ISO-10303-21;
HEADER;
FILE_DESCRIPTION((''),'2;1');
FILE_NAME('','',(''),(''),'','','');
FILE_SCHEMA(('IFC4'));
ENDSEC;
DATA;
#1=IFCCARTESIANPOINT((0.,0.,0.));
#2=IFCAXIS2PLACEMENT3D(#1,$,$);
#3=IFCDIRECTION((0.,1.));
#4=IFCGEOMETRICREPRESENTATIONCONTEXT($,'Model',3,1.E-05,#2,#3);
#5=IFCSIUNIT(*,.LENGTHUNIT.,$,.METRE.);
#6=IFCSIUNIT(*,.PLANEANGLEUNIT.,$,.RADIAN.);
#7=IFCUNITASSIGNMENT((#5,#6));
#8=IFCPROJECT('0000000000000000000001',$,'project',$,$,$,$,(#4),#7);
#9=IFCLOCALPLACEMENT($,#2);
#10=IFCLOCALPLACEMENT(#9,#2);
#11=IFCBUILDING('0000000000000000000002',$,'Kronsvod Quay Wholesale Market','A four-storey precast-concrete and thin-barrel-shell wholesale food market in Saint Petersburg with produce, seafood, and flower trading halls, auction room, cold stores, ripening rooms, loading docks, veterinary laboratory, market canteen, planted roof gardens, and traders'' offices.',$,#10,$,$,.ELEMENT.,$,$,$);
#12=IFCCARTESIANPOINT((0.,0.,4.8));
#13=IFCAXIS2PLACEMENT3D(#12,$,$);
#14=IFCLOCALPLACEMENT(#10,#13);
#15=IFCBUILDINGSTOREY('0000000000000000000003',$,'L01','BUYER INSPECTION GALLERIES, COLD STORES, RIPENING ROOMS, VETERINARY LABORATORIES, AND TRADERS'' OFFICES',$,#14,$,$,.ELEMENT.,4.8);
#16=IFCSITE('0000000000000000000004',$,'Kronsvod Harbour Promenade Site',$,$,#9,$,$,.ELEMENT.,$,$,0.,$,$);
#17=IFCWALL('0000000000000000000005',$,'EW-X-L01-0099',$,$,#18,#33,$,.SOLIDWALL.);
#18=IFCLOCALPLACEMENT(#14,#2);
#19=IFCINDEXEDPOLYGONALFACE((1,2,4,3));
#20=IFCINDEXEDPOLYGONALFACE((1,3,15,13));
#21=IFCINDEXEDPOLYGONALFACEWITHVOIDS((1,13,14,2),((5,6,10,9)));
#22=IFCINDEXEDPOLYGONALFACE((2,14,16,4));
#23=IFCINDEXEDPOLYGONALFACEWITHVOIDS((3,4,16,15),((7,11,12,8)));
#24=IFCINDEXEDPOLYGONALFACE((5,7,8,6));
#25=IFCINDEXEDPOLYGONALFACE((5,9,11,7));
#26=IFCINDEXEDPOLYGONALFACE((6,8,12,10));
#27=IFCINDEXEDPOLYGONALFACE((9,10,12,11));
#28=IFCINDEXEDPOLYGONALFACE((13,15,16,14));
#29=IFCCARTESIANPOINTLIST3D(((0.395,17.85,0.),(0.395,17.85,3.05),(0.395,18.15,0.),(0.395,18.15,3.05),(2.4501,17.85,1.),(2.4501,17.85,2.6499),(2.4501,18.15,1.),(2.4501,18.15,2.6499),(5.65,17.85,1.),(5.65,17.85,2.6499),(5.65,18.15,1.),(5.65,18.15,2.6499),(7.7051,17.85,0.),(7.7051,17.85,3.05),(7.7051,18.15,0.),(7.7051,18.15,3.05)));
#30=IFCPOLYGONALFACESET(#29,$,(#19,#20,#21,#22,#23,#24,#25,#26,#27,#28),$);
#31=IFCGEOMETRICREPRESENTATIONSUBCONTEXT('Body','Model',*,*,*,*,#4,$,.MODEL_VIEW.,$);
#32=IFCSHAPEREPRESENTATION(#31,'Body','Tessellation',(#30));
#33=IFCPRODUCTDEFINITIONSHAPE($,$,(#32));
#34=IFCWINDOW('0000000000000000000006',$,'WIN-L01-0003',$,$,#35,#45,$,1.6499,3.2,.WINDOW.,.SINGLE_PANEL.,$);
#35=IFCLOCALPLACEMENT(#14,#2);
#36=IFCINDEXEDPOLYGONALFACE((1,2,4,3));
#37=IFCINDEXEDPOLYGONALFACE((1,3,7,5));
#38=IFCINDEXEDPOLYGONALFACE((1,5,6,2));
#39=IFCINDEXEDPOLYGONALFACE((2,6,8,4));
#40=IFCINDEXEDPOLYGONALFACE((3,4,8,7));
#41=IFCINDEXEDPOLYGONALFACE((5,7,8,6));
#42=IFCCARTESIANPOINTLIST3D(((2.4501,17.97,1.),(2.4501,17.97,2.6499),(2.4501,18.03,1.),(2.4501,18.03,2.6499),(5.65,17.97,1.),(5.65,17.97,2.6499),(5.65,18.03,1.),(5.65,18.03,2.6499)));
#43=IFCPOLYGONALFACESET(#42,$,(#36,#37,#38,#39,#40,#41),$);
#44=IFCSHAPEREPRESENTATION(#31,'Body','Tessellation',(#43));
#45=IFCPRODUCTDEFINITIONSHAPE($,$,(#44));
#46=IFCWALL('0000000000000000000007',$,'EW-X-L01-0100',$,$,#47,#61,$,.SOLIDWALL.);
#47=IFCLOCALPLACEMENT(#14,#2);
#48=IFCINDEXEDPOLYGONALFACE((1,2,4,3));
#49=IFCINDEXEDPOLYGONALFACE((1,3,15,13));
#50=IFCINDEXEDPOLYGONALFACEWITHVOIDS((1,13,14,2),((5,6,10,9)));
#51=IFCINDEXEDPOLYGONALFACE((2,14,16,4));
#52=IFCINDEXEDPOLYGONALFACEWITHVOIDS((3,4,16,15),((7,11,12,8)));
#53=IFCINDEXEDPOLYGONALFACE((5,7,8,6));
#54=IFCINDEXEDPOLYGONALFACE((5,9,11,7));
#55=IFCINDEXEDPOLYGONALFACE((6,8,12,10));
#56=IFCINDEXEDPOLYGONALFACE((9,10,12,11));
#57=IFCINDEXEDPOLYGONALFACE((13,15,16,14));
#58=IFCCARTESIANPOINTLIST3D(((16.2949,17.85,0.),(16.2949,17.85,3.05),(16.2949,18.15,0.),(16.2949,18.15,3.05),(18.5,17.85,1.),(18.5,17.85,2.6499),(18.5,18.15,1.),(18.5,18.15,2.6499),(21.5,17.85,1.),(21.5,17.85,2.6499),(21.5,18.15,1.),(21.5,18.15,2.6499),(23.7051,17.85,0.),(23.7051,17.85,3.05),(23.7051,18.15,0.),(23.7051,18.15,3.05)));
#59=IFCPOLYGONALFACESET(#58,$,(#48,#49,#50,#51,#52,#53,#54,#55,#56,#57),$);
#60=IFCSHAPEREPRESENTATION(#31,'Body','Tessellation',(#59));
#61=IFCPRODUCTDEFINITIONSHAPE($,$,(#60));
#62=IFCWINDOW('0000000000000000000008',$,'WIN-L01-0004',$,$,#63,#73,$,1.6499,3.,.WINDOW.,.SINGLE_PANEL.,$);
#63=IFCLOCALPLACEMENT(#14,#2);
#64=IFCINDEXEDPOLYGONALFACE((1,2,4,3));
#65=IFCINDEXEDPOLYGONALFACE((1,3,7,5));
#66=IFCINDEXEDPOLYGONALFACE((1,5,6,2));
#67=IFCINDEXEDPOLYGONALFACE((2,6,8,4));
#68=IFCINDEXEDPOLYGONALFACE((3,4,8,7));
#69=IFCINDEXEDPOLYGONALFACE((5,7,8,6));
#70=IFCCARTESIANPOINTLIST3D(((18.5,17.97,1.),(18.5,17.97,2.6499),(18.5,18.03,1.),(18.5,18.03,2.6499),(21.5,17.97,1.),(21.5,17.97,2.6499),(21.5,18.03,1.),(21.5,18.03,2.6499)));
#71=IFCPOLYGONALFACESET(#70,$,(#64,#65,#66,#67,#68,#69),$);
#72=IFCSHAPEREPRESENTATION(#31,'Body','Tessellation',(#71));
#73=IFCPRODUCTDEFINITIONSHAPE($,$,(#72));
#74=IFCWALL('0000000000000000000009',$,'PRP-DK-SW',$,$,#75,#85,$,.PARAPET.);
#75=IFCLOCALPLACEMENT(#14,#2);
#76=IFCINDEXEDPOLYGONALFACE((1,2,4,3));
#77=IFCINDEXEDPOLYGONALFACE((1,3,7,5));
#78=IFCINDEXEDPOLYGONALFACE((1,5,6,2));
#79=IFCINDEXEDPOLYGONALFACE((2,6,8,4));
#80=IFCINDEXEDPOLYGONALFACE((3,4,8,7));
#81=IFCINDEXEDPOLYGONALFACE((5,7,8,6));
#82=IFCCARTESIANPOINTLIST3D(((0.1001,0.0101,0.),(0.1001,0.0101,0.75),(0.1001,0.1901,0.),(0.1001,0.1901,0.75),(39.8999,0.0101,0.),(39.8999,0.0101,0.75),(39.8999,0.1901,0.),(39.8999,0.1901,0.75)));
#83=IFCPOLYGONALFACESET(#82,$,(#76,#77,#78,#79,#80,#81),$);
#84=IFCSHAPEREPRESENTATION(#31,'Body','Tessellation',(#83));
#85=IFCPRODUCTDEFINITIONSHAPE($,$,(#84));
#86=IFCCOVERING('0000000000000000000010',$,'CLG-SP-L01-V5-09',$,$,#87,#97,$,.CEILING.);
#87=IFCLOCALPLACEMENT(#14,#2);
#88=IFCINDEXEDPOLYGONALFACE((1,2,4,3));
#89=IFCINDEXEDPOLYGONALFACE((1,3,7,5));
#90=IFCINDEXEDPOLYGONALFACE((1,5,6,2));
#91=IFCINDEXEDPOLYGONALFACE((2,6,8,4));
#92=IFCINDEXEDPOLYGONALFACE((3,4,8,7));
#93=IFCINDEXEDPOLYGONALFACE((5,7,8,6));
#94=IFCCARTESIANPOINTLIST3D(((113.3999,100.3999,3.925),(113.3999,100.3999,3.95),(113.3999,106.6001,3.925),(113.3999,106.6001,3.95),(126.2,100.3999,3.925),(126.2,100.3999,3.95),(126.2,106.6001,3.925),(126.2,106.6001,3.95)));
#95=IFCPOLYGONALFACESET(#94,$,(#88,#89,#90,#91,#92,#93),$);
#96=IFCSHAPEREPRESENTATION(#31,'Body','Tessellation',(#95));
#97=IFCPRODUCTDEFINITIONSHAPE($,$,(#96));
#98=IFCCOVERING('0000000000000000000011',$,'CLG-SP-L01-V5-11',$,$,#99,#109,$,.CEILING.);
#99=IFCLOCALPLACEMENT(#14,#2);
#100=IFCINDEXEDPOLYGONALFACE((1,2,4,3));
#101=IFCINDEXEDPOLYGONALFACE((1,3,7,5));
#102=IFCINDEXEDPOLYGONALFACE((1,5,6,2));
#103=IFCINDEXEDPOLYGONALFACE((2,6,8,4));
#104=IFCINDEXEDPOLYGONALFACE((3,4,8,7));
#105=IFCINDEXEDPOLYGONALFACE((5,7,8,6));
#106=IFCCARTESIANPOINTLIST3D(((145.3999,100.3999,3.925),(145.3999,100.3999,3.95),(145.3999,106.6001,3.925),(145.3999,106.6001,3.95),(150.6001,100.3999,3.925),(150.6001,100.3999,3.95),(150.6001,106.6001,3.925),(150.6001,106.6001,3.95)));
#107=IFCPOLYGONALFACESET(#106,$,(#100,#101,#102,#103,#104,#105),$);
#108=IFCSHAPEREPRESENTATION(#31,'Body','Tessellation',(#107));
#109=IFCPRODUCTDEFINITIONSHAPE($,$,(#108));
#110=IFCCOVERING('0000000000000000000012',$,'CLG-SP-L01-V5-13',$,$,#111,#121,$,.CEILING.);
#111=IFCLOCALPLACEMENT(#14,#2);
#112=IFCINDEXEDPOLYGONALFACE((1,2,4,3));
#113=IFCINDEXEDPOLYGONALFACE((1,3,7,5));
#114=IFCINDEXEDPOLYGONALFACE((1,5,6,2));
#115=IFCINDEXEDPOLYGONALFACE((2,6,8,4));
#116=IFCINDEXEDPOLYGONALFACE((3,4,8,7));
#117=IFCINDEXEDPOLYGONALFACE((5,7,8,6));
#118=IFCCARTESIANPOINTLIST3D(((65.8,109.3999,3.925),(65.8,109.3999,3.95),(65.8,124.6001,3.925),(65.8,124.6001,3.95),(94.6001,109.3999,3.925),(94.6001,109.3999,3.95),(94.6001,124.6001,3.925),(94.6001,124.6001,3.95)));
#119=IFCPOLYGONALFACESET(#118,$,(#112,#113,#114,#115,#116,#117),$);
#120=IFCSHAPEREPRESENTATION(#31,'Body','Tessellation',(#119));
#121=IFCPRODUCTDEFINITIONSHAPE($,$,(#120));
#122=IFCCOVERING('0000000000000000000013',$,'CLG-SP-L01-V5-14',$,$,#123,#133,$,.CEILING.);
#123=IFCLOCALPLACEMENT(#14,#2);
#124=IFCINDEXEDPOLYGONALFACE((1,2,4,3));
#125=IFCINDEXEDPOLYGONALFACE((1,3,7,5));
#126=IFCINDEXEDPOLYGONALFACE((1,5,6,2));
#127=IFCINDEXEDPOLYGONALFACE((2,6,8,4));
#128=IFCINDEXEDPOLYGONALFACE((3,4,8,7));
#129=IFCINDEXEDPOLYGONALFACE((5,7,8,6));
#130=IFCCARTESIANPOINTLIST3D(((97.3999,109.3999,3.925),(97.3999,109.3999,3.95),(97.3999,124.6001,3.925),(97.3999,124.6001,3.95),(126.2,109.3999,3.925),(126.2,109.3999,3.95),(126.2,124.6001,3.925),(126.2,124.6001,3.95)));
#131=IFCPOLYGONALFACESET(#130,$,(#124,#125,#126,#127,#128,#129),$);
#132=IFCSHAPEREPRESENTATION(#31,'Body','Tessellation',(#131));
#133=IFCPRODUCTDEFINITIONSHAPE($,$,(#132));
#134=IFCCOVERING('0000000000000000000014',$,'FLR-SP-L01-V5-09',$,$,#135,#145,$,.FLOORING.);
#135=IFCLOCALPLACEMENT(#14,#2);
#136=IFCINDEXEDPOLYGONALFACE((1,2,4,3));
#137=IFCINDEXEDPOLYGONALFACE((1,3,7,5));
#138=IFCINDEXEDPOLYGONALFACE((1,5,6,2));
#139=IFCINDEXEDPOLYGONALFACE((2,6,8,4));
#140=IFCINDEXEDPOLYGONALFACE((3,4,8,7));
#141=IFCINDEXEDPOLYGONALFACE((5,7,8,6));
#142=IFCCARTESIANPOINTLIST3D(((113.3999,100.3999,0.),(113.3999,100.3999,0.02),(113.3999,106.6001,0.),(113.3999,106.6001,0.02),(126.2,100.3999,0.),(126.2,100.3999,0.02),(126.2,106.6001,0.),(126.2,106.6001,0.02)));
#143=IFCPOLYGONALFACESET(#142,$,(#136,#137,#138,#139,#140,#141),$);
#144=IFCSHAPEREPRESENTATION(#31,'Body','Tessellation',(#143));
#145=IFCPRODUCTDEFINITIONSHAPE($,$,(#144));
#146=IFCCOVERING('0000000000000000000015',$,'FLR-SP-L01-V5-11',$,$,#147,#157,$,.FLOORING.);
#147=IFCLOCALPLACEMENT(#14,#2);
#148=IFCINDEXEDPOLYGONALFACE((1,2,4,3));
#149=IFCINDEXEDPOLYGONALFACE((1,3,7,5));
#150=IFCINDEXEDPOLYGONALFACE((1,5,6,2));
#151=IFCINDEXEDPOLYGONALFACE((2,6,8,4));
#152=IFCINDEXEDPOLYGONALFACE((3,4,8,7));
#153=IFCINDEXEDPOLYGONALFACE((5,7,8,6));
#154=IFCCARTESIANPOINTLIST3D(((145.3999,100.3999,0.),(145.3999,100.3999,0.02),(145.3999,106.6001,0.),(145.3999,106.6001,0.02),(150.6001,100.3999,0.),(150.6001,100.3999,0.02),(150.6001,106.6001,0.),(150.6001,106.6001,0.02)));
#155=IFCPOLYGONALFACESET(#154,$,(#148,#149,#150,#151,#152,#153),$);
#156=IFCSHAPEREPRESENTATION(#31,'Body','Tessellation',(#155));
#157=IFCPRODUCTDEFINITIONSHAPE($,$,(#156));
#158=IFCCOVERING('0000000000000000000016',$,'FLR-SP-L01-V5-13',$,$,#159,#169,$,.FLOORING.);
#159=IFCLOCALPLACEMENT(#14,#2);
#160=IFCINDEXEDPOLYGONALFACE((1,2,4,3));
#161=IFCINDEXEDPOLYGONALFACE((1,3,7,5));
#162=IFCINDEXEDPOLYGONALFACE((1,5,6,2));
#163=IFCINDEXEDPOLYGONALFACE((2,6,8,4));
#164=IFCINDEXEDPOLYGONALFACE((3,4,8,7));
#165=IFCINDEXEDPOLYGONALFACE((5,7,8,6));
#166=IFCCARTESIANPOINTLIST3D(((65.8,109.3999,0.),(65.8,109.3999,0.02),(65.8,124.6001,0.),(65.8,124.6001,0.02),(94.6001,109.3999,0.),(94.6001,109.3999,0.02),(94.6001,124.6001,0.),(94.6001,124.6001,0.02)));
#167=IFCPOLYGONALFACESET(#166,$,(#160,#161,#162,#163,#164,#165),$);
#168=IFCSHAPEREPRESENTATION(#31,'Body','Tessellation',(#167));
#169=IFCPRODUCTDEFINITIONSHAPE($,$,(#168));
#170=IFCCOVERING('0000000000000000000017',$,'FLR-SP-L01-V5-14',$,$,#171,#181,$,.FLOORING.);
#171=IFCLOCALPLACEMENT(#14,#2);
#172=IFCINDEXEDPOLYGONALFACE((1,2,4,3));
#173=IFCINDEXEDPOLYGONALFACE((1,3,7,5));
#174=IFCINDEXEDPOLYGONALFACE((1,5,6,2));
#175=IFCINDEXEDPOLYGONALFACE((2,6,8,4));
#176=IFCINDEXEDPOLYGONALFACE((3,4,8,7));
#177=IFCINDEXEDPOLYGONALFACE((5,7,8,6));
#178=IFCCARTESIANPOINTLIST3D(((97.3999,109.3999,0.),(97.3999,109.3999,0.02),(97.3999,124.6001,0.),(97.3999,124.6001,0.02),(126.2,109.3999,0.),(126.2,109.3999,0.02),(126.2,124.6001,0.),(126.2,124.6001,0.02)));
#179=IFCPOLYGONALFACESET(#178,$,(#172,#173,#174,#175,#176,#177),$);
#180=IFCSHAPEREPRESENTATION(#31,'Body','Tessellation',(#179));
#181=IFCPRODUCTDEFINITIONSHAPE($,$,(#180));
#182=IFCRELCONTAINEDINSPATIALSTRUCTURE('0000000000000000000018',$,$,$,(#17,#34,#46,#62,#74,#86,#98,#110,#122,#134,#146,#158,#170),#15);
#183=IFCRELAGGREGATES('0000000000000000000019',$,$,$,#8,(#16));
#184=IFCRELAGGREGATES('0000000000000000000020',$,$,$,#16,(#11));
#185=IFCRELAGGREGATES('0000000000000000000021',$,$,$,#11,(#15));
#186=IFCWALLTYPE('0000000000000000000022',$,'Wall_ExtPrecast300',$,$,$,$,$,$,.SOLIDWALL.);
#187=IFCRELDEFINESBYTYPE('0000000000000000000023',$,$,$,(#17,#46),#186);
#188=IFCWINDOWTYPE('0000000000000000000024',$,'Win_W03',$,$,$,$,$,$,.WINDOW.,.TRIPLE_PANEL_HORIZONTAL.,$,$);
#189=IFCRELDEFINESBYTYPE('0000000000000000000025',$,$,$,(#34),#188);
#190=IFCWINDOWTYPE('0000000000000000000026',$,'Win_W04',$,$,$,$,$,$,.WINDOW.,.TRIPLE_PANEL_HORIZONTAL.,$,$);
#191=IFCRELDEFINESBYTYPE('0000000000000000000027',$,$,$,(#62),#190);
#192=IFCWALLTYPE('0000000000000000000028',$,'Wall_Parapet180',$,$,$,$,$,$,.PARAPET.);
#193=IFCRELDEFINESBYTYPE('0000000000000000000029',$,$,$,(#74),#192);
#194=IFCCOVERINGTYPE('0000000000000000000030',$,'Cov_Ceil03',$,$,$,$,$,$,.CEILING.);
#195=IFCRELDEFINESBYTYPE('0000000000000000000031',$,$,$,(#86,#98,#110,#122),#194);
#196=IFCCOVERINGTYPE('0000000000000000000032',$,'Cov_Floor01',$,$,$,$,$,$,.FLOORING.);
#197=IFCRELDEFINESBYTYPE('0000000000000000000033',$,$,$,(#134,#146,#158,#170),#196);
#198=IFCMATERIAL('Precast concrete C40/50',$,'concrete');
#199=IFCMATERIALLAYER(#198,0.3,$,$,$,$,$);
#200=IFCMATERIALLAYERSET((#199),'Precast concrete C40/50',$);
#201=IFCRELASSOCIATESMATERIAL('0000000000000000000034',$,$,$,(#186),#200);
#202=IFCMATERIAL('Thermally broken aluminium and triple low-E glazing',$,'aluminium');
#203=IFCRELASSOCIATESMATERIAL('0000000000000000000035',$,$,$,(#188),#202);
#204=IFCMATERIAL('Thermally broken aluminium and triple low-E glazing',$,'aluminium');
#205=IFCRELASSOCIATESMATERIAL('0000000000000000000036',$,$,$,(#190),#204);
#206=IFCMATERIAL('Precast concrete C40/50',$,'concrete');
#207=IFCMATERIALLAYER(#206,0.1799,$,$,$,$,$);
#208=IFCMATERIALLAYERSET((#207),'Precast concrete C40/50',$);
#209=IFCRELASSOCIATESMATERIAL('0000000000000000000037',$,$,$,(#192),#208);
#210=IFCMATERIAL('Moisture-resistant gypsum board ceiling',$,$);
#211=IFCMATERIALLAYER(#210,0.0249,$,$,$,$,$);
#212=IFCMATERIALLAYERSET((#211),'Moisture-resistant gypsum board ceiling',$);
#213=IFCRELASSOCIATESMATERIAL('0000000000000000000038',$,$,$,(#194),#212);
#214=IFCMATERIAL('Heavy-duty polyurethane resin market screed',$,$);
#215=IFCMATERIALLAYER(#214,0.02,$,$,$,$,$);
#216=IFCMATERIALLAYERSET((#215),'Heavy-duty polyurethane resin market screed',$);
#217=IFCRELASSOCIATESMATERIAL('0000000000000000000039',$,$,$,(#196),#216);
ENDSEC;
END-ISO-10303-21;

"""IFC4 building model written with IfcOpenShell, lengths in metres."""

from ifc_helpers import new_model, si_unit, direction, frame, frame_2d, origin, place, context, subcontext, project, spatial, polyline, rectangle, outline, extrude, material, layer, layer_set, type_object, element, fill, save


model = new_model("IFC4")

# Units and contexts
model_context = context("Model", 3, precision=1e-05, world=origin(), true_north=direction((0.0, 1.0)))
body_context = subcontext(model_context, "Body", "Model", "MODEL_VIEW")
ifc_project = project(units=[si_unit("LENGTHUNIT", "METRE"), si_unit("PLANEANGLEUNIT", "RADIAN")], contexts=[model_context])

# Site, building, storey
site_placement = place(None, origin())
site = spatial("IfcSite", under=ifc_project, at=site_placement, Name="Kronsvod Harbour Promenade Site", CompositionType="ELEMENT", RefElevation=0.0)
building_placement = place(site_placement, origin())
building = spatial("IfcBuilding", under=site, at=building_placement, Name="Kronsvod Quay Wholesale Market", Description="A four-storey precast-concrete and thin-barrel-shell wholesale food market in Saint Petersburg with produce, seafood, and flower trading halls, auction room, cold stores, ripening rooms, loading docks, veterinary laboratory, market canteen, planted roof gardens, and traders' offices.", CompositionType="ELEMENT")
storey_placement = place(building_placement, frame((0.0, 0.0, 4.8)))
storey = spatial("IfcBuildingStorey", under=building, at=storey_placement, Name="L01", Description="BUYER INSPECTION GALLERIES, COLD STORES, RIPENING ROOMS, VETERINARY LABORATORIES, AND TRADERS' OFFICES", CompositionType="ELEMENT", Elevation=4.8)

# Walls, openings, windows
ifc_material_1 = material(Name="Precast concrete C40/50", Category="concrete")
ifc_layer_1 = layer(ifc_material_1, 0.3)
ifc_layer_set_1 = layer_set([ifc_layer_1], Name="Precast concrete C40/50")
wall_type_1 = type_object("IfcWallType", Name="Wall_ExtPrecast300", PredefinedType="SOLIDWALL", material=ifc_layer_set_1)
wall_1_placement = place(storey_placement, frame((0.395, 18.0, 0.0), z_axis=(0.0, 0.0, 1.0), x_axis=(1.0, 0.0, 0.0)))
wall_1 = element("IfcWall", 1, at=wall_1_placement, inside=storey, type_object=wall_type_1, Name="EW-X-L01-0099", PredefinedType="SOLIDWALL", context=body_context, shape_type="SweptSolid", body=[
    extrude(rectangle(XDim=7.3101, YDim=0.3, at=frame_2d((3.655, 0.0))), origin(), (0.0, 0.0, 1.0), 3.05),
])
opening_1_placement = place(wall_1_placement, frame((2.0549, 0.0, 1.0)))
opening_1 = element("IfcOpeningElement", 2, at=opening_1_placement, cuts=wall_1, PredefinedType="OPENING", context=body_context, shape_type="SweptSolid", body=[
    extrude(rectangle(XDim=3.2, YDim=1.6499, at=frame_2d((1.6001, 0.825))), frame((0.0, 0.1602, 0.0), z_axis=(0.0, -1.0, 0.0), x_axis=(1.0, 0.0, 0.0)), (0.0, 0.0, 1.0), 0.3201),
])
ifc_material_2 = material(Name="Thermally broken aluminium and triple low-E glazing", Category="aluminium")
window_type_1 = type_object("IfcWindowType", Name="Win_W03", PartitioningType="TRIPLE_PANEL_HORIZONTAL", PredefinedType="WINDOW", material=ifc_material_2)
window_1_placement = place(opening_1_placement, origin())
window_1 = element("IfcWindow", 3, at=window_1_placement, inside=storey, type_object=window_type_1, Name="WIN-L01-0003", OverallHeight=1.6499, OverallWidth=3.2, PartitioningType="SINGLE_PANEL", PredefinedType="WINDOW", context=body_context, shape_type="SweptSolid", body=[
    extrude(rectangle(XDim=3.2, YDim=1.6499, at=frame_2d((1.6001, 0.825))), frame((0.0, 0.03, 0.0), z_axis=(0.0, -1.0, 0.0), x_axis=(1.0, 0.0, 0.0)), (0.0, 0.0, 1.0), 0.0601),
])
fill(opening_1, window_1)
wall_2_placement = place(storey_placement, frame((16.2949, 18.0, 0.0), z_axis=(0.0, 0.0, 1.0), x_axis=(1.0, 0.0, 0.0)))
wall_2 = element("IfcWall", 4, at=wall_2_placement, inside=storey, type_object=wall_type_1, Name="EW-X-L01-0100", PredefinedType="SOLIDWALL", context=body_context, shape_type="SweptSolid", body=[
    extrude(rectangle(XDim=7.4102, YDim=0.3, at=frame_2d((3.7051, 0.0))), origin(), (0.0, 0.0, 1.0), 3.05),
])
opening_2_placement = place(wall_2_placement, frame((2.2051, 0.0, 1.0)))
opening_2 = element("IfcOpeningElement", 5, at=opening_2_placement, cuts=wall_2, PredefinedType="OPENING", context=body_context, shape_type="SweptSolid", body=[
    extrude(rectangle(XDim=3.0, YDim=1.6499, at=frame_2d((1.5, 0.825))), frame((0.0, 0.1602, 0.0), z_axis=(0.0, -1.0, 0.0), x_axis=(1.0, 0.0, 0.0)), (0.0, 0.0, 1.0), 0.3201),
])
ifc_material_3 = material(Name="Thermally broken aluminium and triple low-E glazing", Category="aluminium")
window_type_2 = type_object("IfcWindowType", Name="Win_W04", PartitioningType="TRIPLE_PANEL_HORIZONTAL", PredefinedType="WINDOW", material=ifc_material_3)
window_2_placement = place(opening_2_placement, origin())
window_2 = element("IfcWindow", 6, at=window_2_placement, inside=storey, type_object=window_type_2, Name="WIN-L01-0004", OverallHeight=1.6499, OverallWidth=3.0, PartitioningType="SINGLE_PANEL", PredefinedType="WINDOW", context=body_context, shape_type="SweptSolid", body=[
    extrude(rectangle(XDim=3.0, YDim=1.6499, at=frame_2d((1.5, 0.825))), frame((0.0, 0.03, 0.0), z_axis=(0.0, -1.0, 0.0), x_axis=(1.0, 0.0, 0.0)), (0.0, 0.0, 1.0), 0.0601),
])
fill(opening_2, window_2)

# Wall
ifc_material_4 = material(Name="Precast concrete C40/50", Category="concrete")
ifc_layer_2 = layer(ifc_material_4, 0.1799)
ifc_layer_set_2 = layer_set([ifc_layer_2], Name="Precast concrete C40/50")
wall_type_2 = type_object("IfcWallType", Name="Wall_Parapet180", PredefinedType="PARAPET", material=ifc_layer_set_2)
wall_3_placement = place(storey_placement, frame((0.1001, 0.1001, 0.0), z_axis=(0.0, 0.0, 1.0), x_axis=(1.0, 0.0, 0.0)))
element("IfcWall", 7, at=wall_3_placement, inside=storey, type_object=wall_type_2, Name="PRP-DK-SW", PredefinedType="PARAPET", context=body_context, shape_type="SweptSolid", body=[
    extrude(rectangle(XDim=39.7998, YDim=0.1799, at=frame_2d((19.8999, 0.0))), origin(), (0.0, 0.0, 1.0), 0.75),
])

# Coverings
ifc_material_5 = material(Name="Moisture-resistant gypsum board ceiling")
ifc_layer_3 = layer(ifc_material_5, 0.0249)
ifc_layer_set_3 = layer_set([ifc_layer_3], Name="Moisture-resistant gypsum board ceiling")
covering_type_1 = type_object("IfcCoveringType", Name="Cov_Ceil03", PredefinedType="CEILING", material=ifc_layer_set_3)
covering_1_placement = place(storey_placement, frame((0.0, 0.0, 3.925)))
element("IfcCovering", 8, at=covering_1_placement, inside=storey, type_object=covering_type_1, Name="CLG-SP-L01-V5-09", PredefinedType="CEILING", context=body_context, shape_type="SweptSolid", body=[
    extrude(outline(polyline([(113.3999, 100.3999), (126.2, 100.3999), (126.2, 106.6001), (113.3999, 106.6001), (113.3999, 100.3999)])), origin(), (0.0, 0.0, 1.0), 0.0249),
])
covering_2_placement = place(storey_placement, frame((0.0, 0.0, 3.925)))
element("IfcCovering", 9, at=covering_2_placement, inside=storey, type_object=covering_type_1, Name="CLG-SP-L01-V5-11", PredefinedType="CEILING", context=body_context, shape_type="SweptSolid", body=[
    extrude(outline(polyline([(145.3999, 100.3999), (150.6001, 100.3999), (150.6001, 106.6001), (145.3999, 106.6001), (145.3999, 100.3999)])), origin(), (0.0, 0.0, 1.0), 0.0249),
])
covering_3_placement = place(storey_placement, frame((0.0, 0.0, 3.925)))
element("IfcCovering", 10, at=covering_3_placement, inside=storey, type_object=covering_type_1, Name="CLG-SP-L01-V5-13", PredefinedType="CEILING", context=body_context, shape_type="SweptSolid", body=[
    extrude(outline(polyline([(65.8, 109.3999), (94.6001, 109.3999), (94.6001, 124.6001), (65.8, 124.6001), (65.8, 109.3999)])), origin(), (0.0, 0.0, 1.0), 0.0249),
])
covering_4_placement = place(storey_placement, frame((0.0, 0.0, 3.925)))
element("IfcCovering", 11, at=covering_4_placement, inside=storey, type_object=covering_type_1, Name="CLG-SP-L01-V5-14", PredefinedType="CEILING", context=body_context, shape_type="SweptSolid", body=[
    extrude(outline(polyline([(97.3999, 109.3999), (126.2, 109.3999), (126.2, 124.6001), (97.3999, 124.6001), (97.3999, 109.3999)])), origin(), (0.0, 0.0, 1.0), 0.0249),
])
ifc_material_6 = material(Name="Heavy-duty polyurethane resin market screed")
ifc_layer_4 = layer(ifc_material_6, 0.02)
ifc_layer_set_4 = layer_set([ifc_layer_4], Name="Heavy-duty polyurethane resin market screed")
covering_type_2 = type_object("IfcCoveringType", Name="Cov_Floor01", PredefinedType="FLOORING", material=ifc_layer_set_4)
covering_5_placement = place(storey_placement, origin())
element("IfcCovering", 12, at=covering_5_placement, inside=storey, type_object=covering_type_2, Name="FLR-SP-L01-V5-09", PredefinedType="FLOORING", context=body_context, shape_type="SweptSolid", body=[
    extrude(outline(polyline([(113.3999, 100.3999), (126.2, 100.3999), (126.2, 106.6001), (113.3999, 106.6001), (113.3999, 100.3999)])), origin(), (0.0, 0.0, 1.0), 0.02),
])
covering_6_placement = place(storey_placement, origin())
element("IfcCovering", 13, at=covering_6_placement, inside=storey, type_object=covering_type_2, Name="FLR-SP-L01-V5-11", PredefinedType="FLOORING", context=body_context, shape_type="SweptSolid", body=[
    extrude(outline(polyline([(145.3999, 100.3999), (150.6001, 100.3999), (150.6001, 106.6001), (145.3999, 106.6001), (145.3999, 100.3999)])), origin(), (0.0, 0.0, 1.0), 0.02),
])
covering_7_placement = place(storey_placement, origin())
element("IfcCovering", 14, at=covering_7_placement, inside=storey, type_object=covering_type_2, Name="FLR-SP-L01-V5-13", PredefinedType="FLOORING", context=body_context, shape_type="SweptSolid", body=[
    extrude(outline(polyline([(65.8, 109.3999), (94.6001, 109.3999), (94.6001, 124.6001), (65.8, 124.6001), (65.8, 109.3999)])), origin(), (0.0, 0.0, 1.0), 0.02),
])
covering_8_placement = place(storey_placement, origin())
element("IfcCovering", 15, at=covering_8_placement, inside=storey, type_object=covering_type_2, Name="FLR-SP-L01-V5-14", PredefinedType="FLOORING", context=body_context, shape_type="SweptSolid", body=[
    extrude(outline(polyline([(97.3999, 109.3999), (126.2, 109.3999), (126.2, 124.6001), (97.3999, 124.6001), (97.3999, 109.3999)])), origin(), (0.0, 0.0, 1.0), 0.02),
])

save(model, "model.ifc")
